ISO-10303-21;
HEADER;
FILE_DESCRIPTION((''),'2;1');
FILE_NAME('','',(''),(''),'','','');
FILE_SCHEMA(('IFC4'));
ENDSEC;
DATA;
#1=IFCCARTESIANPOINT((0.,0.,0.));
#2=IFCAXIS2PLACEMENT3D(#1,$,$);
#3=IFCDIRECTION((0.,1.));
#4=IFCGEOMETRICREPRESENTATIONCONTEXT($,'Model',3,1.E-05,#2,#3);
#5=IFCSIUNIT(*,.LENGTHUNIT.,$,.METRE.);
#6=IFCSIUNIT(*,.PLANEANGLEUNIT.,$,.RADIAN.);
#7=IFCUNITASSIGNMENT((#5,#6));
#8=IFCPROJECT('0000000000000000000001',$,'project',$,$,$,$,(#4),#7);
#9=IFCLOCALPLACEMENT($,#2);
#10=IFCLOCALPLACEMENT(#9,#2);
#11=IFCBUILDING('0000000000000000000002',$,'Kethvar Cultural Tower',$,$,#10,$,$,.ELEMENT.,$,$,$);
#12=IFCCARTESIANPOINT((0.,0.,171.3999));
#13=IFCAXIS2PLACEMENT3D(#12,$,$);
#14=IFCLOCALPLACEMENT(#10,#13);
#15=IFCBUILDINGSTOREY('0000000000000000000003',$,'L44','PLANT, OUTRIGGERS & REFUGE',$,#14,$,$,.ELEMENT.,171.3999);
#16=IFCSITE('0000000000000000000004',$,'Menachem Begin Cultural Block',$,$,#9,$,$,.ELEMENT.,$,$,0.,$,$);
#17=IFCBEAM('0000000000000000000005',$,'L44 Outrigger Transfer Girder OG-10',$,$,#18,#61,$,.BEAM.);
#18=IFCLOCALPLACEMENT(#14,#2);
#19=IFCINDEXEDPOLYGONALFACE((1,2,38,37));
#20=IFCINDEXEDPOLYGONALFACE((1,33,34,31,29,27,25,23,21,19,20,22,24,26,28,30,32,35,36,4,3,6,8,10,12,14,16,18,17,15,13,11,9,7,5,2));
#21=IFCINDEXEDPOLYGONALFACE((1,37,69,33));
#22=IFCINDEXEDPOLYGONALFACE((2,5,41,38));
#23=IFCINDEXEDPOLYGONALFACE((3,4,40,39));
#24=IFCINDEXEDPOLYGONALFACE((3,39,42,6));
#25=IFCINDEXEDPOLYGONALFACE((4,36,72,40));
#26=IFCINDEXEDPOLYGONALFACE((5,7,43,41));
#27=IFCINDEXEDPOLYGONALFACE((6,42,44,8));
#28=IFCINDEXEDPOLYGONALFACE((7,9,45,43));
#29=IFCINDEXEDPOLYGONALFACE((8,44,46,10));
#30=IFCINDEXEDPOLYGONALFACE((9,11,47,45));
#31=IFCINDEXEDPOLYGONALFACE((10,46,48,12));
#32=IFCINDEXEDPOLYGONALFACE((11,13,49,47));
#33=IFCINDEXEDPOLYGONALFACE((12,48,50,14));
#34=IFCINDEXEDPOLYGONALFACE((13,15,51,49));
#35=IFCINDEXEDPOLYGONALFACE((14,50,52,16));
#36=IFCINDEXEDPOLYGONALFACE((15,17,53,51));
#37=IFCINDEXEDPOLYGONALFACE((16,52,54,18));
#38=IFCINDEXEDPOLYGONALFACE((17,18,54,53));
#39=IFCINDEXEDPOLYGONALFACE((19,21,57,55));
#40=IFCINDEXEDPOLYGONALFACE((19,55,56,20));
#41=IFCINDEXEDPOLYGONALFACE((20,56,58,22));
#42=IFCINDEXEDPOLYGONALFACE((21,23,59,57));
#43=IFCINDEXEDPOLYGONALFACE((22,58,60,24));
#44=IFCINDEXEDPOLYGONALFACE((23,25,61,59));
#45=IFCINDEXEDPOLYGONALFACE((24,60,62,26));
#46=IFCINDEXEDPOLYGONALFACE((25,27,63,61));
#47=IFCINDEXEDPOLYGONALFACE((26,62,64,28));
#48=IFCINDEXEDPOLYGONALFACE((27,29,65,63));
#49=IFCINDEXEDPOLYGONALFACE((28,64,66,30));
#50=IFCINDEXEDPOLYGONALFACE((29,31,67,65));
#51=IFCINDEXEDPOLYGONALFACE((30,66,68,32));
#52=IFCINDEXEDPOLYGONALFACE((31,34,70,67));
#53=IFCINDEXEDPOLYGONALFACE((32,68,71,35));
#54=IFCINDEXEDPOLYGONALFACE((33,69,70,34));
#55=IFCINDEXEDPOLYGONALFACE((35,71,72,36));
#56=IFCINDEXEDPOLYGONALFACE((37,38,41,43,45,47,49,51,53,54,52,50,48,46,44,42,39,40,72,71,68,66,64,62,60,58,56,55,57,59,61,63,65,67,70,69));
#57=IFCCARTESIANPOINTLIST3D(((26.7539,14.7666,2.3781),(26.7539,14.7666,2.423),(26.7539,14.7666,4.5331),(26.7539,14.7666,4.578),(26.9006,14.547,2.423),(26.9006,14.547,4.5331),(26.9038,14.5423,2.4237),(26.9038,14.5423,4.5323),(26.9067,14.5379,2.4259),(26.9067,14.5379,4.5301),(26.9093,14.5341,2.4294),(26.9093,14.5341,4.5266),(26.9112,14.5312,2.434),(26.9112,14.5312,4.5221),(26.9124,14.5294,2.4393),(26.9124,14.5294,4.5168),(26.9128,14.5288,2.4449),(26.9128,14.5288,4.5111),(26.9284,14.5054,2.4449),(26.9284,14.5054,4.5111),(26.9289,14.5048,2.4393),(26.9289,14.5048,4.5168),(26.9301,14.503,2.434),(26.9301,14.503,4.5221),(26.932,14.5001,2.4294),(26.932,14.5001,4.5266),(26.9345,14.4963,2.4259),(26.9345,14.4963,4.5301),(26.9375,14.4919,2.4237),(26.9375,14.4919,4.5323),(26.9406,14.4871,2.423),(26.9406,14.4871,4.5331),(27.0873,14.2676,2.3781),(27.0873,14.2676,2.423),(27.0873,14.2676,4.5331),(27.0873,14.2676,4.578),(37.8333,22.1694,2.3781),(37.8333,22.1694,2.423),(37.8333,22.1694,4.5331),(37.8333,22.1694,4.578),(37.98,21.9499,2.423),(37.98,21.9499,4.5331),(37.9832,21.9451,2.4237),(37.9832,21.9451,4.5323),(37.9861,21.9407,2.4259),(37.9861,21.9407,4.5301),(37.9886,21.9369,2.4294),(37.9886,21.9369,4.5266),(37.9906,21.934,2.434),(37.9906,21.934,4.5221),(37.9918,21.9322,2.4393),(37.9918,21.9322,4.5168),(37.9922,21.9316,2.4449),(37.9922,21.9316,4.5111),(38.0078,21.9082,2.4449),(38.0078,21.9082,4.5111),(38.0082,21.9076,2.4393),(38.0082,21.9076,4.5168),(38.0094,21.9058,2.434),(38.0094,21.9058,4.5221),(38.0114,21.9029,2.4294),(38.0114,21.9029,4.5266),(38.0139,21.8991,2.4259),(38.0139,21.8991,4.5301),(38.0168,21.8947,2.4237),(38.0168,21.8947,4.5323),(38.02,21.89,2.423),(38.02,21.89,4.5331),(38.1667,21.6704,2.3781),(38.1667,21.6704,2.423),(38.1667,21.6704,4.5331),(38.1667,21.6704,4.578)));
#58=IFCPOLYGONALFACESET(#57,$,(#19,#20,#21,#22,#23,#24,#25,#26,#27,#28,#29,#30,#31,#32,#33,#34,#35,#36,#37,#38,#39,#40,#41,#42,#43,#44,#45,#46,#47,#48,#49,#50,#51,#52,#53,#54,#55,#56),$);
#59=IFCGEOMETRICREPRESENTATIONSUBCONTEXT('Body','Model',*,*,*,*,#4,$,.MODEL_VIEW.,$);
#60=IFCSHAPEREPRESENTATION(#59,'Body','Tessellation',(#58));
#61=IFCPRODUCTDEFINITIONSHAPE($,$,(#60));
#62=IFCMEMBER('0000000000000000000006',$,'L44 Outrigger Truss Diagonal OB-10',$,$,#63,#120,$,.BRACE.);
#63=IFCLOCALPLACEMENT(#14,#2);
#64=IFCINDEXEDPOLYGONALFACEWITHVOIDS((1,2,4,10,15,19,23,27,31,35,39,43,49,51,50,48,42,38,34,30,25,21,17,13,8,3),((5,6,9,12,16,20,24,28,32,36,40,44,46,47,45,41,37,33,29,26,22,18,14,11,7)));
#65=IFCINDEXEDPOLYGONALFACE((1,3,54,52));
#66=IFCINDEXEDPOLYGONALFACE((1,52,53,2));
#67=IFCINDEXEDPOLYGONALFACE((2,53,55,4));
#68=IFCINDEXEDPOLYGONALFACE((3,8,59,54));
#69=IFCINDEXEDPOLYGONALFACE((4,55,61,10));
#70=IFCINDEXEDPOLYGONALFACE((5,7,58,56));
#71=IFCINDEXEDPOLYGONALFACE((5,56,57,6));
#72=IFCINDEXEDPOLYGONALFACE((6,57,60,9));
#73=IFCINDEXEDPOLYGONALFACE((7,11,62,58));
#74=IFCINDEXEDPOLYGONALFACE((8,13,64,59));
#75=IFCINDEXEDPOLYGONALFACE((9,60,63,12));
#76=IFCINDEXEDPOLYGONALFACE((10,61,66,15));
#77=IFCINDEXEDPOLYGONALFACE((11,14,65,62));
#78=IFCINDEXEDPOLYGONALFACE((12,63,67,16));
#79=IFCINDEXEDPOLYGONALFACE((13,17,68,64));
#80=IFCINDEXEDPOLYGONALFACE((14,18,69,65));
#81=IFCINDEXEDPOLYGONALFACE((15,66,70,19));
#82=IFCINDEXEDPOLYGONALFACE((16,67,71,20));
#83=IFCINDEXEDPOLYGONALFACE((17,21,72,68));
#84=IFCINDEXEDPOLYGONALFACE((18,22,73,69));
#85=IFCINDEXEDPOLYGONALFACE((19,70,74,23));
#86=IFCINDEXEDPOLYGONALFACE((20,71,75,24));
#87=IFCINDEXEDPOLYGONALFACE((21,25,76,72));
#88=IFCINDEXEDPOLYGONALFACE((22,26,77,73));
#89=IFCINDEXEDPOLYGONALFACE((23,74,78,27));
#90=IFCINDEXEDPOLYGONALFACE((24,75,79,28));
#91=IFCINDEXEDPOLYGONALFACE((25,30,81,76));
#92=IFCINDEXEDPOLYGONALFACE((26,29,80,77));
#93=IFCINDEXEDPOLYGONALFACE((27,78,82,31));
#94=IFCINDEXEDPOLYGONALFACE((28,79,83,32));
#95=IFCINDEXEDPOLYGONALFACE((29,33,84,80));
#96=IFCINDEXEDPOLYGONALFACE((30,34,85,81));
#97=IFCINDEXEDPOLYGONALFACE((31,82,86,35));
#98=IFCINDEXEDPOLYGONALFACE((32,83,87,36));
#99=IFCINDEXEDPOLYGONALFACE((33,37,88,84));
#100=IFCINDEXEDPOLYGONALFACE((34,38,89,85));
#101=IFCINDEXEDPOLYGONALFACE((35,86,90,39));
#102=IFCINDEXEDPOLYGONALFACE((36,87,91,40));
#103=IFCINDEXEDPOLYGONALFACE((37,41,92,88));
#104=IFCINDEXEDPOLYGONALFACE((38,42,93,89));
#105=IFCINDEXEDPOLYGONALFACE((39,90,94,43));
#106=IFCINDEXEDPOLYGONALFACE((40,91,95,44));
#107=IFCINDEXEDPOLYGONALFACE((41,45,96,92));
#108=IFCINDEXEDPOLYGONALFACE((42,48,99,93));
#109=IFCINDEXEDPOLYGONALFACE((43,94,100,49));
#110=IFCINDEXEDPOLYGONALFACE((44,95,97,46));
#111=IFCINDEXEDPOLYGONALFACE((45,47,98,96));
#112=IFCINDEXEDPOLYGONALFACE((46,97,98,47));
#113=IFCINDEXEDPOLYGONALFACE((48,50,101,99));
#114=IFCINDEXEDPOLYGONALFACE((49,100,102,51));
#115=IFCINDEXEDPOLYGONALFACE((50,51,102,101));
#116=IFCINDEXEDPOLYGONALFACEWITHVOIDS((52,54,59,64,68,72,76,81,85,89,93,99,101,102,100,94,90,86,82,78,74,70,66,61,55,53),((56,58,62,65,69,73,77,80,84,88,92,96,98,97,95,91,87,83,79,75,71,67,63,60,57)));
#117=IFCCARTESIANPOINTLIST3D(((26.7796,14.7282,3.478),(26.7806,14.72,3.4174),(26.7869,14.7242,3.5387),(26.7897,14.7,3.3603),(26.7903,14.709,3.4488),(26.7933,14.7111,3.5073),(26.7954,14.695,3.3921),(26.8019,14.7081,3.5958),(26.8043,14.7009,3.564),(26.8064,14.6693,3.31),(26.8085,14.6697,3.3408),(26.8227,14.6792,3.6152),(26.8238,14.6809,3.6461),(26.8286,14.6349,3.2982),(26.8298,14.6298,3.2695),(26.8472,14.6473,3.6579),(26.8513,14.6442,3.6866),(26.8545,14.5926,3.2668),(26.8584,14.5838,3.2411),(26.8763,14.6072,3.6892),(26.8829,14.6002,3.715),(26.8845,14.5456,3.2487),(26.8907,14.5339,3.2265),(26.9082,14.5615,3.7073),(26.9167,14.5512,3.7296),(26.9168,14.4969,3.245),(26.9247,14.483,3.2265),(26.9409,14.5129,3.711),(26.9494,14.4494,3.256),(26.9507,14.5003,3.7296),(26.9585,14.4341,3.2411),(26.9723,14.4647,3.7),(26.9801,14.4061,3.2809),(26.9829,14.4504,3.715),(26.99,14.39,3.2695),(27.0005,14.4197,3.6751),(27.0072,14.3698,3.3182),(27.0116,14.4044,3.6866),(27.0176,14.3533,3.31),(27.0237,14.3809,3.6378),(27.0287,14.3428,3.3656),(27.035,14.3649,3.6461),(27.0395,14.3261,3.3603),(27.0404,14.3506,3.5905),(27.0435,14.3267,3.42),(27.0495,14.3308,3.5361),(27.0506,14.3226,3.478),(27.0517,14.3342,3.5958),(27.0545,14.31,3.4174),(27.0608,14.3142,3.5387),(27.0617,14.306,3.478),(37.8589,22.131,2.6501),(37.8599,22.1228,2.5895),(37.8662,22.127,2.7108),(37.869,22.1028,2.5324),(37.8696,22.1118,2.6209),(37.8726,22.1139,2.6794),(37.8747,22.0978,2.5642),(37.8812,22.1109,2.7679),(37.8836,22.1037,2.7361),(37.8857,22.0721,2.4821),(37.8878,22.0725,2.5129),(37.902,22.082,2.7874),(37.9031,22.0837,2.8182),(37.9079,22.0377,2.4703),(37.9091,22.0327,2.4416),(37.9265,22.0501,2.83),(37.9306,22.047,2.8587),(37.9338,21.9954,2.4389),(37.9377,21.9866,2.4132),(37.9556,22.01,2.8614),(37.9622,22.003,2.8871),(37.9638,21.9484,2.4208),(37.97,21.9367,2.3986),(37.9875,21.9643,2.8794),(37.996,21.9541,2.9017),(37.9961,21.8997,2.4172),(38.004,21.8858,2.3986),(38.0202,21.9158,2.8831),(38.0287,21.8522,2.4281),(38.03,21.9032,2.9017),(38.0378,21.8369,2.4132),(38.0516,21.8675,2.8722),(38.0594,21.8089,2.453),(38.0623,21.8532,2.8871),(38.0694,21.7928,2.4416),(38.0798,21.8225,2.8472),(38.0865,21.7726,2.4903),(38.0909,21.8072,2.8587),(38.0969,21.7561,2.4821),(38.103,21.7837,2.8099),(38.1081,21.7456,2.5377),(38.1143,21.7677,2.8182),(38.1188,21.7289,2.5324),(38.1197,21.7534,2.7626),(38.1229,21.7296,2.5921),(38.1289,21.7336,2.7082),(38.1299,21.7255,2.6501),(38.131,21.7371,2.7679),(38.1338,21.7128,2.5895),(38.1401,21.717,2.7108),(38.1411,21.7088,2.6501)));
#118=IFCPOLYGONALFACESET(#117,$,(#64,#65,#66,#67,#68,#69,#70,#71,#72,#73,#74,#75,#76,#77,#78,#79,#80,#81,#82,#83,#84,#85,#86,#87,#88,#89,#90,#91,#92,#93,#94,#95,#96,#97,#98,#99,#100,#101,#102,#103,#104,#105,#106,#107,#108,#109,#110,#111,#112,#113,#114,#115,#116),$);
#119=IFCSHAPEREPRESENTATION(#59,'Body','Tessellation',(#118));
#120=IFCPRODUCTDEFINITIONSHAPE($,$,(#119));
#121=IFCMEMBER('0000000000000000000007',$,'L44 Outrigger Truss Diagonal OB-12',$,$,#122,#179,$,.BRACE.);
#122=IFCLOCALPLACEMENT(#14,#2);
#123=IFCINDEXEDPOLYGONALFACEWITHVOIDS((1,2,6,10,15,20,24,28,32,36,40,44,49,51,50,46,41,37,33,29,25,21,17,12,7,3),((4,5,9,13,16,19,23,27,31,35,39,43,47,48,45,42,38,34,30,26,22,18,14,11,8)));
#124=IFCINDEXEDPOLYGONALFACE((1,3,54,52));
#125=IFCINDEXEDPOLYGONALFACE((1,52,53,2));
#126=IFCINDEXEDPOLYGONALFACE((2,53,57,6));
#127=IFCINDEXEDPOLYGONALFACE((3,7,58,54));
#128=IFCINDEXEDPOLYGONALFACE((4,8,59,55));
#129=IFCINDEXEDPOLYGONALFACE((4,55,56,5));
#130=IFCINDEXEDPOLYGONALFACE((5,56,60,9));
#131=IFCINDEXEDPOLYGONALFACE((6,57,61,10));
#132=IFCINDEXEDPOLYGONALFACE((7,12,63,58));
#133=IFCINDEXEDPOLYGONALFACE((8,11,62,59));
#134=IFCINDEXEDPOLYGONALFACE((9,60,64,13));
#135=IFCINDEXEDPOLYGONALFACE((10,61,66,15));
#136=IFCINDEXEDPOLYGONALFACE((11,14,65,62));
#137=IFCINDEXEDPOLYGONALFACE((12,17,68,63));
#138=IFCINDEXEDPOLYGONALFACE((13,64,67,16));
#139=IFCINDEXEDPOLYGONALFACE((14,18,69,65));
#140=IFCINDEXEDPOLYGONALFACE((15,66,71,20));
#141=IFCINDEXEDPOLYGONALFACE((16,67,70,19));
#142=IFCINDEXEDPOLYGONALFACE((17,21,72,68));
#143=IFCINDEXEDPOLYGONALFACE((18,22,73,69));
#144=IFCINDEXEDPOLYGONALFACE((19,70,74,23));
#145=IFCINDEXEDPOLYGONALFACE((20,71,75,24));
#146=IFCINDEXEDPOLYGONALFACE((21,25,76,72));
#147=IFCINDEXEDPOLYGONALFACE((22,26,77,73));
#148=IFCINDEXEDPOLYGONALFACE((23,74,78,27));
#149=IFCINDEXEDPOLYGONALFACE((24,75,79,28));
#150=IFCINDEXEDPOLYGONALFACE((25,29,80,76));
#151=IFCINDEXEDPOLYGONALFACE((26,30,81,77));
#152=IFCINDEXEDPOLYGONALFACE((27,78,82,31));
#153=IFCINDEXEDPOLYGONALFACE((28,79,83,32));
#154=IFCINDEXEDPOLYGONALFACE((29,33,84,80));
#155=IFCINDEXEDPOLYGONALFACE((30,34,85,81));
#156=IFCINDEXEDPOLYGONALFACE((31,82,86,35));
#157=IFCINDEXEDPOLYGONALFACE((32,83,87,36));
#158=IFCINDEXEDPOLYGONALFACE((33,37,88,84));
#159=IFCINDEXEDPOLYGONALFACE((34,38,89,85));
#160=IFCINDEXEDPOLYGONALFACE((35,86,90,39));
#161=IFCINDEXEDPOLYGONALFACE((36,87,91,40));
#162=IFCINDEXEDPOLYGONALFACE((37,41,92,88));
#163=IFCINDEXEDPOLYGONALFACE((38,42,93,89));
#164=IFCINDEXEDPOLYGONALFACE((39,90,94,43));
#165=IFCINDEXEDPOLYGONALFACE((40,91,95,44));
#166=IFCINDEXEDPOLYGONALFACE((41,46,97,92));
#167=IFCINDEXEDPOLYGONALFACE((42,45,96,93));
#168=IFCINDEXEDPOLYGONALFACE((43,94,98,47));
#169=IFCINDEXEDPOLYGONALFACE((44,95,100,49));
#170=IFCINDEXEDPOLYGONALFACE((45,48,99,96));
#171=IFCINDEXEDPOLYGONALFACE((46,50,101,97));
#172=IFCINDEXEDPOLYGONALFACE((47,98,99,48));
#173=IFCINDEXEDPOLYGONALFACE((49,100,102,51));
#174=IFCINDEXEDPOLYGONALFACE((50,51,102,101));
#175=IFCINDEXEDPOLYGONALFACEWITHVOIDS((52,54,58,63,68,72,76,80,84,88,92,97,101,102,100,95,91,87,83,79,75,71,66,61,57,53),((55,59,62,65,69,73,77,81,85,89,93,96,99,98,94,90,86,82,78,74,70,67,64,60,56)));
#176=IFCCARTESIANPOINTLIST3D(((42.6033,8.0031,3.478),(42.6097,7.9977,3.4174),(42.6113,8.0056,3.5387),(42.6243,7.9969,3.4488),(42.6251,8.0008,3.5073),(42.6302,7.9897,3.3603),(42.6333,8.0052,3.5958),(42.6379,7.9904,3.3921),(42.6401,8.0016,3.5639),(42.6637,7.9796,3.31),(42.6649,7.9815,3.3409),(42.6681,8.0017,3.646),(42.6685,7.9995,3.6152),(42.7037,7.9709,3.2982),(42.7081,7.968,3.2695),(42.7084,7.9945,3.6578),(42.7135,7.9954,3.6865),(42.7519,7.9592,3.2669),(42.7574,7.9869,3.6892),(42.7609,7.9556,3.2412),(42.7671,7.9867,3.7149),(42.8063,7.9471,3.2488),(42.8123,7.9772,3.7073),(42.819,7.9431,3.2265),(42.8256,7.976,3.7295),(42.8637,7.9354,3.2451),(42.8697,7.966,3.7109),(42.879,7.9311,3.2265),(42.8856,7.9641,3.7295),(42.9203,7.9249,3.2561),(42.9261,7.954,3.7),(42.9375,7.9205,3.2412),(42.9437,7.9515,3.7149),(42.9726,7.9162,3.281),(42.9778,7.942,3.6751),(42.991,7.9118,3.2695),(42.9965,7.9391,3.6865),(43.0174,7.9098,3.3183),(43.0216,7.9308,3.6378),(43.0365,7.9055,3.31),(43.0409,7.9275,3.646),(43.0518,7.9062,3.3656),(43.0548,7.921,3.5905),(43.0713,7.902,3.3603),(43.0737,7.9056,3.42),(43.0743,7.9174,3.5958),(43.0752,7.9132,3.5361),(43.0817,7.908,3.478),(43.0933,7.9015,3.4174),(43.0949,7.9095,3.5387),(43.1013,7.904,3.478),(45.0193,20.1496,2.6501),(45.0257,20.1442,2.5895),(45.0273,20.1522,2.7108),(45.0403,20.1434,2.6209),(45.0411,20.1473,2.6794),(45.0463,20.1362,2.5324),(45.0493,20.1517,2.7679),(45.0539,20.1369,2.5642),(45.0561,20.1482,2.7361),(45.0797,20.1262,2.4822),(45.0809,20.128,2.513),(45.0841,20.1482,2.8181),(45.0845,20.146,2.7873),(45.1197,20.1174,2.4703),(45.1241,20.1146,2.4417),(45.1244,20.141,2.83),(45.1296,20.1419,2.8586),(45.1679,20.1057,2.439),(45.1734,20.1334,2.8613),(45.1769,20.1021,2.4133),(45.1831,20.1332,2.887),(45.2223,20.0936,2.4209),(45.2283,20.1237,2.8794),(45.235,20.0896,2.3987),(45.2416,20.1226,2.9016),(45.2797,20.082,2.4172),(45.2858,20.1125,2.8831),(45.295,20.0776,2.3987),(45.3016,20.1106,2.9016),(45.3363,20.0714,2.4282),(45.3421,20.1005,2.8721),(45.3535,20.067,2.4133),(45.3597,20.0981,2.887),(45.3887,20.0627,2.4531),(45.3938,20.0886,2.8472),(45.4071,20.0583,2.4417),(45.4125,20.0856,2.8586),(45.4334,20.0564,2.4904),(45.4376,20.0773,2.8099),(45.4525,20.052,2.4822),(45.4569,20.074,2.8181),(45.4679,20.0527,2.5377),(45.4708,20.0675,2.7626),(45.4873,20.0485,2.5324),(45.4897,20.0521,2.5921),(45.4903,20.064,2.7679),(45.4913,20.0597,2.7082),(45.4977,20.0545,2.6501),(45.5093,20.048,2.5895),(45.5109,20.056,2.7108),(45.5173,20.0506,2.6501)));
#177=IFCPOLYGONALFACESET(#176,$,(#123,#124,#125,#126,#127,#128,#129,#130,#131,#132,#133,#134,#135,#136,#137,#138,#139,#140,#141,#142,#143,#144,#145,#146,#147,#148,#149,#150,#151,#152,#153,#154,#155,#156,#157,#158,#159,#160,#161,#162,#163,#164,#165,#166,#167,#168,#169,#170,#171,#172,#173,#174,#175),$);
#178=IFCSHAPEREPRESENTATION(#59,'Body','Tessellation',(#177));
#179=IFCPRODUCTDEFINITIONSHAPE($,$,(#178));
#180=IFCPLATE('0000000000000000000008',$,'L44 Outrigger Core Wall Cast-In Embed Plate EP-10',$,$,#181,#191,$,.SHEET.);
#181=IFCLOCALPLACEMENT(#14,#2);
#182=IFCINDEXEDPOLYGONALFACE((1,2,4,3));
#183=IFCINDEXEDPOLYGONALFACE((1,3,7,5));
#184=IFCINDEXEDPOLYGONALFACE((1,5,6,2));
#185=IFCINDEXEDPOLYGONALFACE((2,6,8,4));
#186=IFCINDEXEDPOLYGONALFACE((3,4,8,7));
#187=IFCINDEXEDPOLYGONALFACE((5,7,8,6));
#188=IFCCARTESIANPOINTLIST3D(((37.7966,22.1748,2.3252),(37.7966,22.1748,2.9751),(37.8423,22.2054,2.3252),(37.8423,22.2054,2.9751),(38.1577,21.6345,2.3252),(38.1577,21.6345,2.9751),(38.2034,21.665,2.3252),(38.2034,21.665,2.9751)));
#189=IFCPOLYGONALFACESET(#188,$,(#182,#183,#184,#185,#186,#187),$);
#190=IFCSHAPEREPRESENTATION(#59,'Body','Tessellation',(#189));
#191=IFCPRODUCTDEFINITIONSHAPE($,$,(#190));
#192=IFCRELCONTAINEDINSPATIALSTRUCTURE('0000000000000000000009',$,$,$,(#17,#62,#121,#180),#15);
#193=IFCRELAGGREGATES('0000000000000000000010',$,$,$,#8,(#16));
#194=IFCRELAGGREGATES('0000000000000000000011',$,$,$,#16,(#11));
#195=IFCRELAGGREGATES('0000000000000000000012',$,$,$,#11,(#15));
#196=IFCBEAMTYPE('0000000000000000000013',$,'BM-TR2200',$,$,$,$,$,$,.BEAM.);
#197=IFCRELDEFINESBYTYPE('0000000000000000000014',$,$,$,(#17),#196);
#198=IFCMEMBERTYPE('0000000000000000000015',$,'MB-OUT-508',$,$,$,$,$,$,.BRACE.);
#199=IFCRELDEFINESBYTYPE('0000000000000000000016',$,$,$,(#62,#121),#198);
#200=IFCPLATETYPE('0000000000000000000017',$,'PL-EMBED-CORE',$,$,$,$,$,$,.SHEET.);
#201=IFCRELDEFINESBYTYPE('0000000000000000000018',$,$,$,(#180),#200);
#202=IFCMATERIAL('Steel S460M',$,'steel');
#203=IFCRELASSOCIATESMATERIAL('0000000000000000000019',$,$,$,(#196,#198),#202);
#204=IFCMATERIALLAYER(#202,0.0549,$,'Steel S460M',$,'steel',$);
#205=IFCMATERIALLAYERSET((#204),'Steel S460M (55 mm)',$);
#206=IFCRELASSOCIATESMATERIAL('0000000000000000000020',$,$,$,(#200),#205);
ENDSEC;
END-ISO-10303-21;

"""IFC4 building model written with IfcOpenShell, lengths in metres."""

from ifc_helpers import new_model, si_unit, direction, frame, origin, origin_2d, place, context, subcontext, project, spatial, rectangle, hollow_circle, i_section, extrude, source, transform, mapped, material, layer, layer_set, material_profile, profile_set, type_object, element, save


model = new_model("IFC4")

# Units and contexts
model_context = context("Model", 3, precision=1e-05, world=origin(), true_north=direction((0.0, 1.0)))
body_context = subcontext(model_context, "Body", "Model", "MODEL_VIEW")
ifc_project = project(units=[si_unit("LENGTHUNIT", "METRE"), si_unit("PLANEANGLEUNIT", "RADIAN")], contexts=[model_context])

# Site, building, storey
site_placement = place(None, origin())
site = spatial("IfcSite", under=ifc_project, at=site_placement, Name="Menachem Begin Cultural Block", CompositionType="ELEMENT", RefElevation=0.0)
building_placement = place(site_placement, origin())
building = spatial("IfcBuilding", under=site, at=building_placement, Name="Kethvar Cultural Tower", CompositionType="ELEMENT")
storey_placement = place(building_placement, frame((0.0, 0.0, 171.3999)))
storey = spatial("IfcBuildingStorey", under=building, at=storey_placement, Name="L44", Description="PLANT, OUTRIGGERS & REFUGE", CompositionType="ELEMENT", Elevation=171.3999)

# Beam
ifc_material_1 = material(Name="Steel S460M", Category="steel")
ifc_material_profile_1 = material_profile(ifc_material_1, i_section(OverallWidth=0.6001, OverallDepth=2.2, WebThickness=0.0281, FlangeThickness=0.0449, FilletRadius=0.022, at=origin_2d()), Name="Steel S460M — PG2200x600x45x28")
ifc_profile_set_1 = profile_set([ifc_material_profile_1], Name="Steel S460M — PG2200x600x45x28")
beam_type = type_object("IfcBeamType", Name="BM-TR2200", PredefinedType="BEAM", material=ifc_profile_set_1)
shared_shape_1 = source(origin(), body_context, "Body", "SweptSolid", [
    extrude(i_section(OverallWidth=0.6001, OverallDepth=2.2, WebThickness=0.0281, FlangeThickness=0.0449, FilletRadius=0.022, at=origin_2d()), origin(), (0.0, 0.0, 1.0), 13.325),
])
beam_placement = place(storey_placement, frame((38.0, 21.9199, 3.478), z_axis=(-0.831475, -0.555562, 0.0), x_axis=(0.555562, -0.831475, 0.0)))
element("IfcBeam", 1, at=beam_placement, inside=storey, type_object=beam_type, Name="L44 Outrigger Transfer Girder OG-10", PredefinedType="BEAM", context=body_context, shape_type="MappedRepresentation", body=[
    mapped(shared_shape_1, transform((0.0, 0.0, 0.0), scale=1.0)),
])

# Members
ifc_material_profile_2 = material_profile(ifc_material_1, hollow_circle(Radius=0.2539, WallThickness=0.02, at=origin_2d()), Name="Steel S460M — CHS508x20")
ifc_profile_set_2 = profile_set([ifc_material_profile_2], Name="Steel S460M — CHS508x20")
member_type = type_object("IfcMemberType", Name="MB-OUT-508", PredefinedType="BRACE", material=ifc_profile_set_2)
shared_shape_2 = source(origin(), body_context, "Body", "SweptSolid", [
    extrude(hollow_circle(Radius=0.2539, WallThickness=0.02, at=origin_2d()), origin(), (0.0, 0.0, 1.0), 13.3506),
])
member_1_placement = place(storey_placement, frame((38.0, 21.9199, 2.6501), z_axis=(-0.829875, -0.554493, 0.062011), x_axis=(0.555562, -0.831475, 0.0)))
element("IfcMember", 2, at=member_1_placement, inside=storey, type_object=member_type, Name="L44 Outrigger Truss Diagonal OB-10", PredefinedType="BRACE", context=body_context, shape_type="MappedRepresentation", body=[
    mapped(shared_shape_2, transform((0.0, 0.0, 0.0), scale=1.0)),
])
shared_shape_3 = source(origin(), body_context, "Body", "SweptSolid", [
    extrude(hollow_circle(Radius=0.2539, WallThickness=0.02, at=origin_2d()), origin(), (0.0, 0.0, 1.0), 12.4121),
])
member_2_placement = place(storey_placement, frame((45.2683, 20.1001, 2.6501), z_axis=(-0.19465, -0.978602, 0.0667), x_axis=(0.980786, -0.195085, 0.0)))
element("IfcMember", 3, at=member_2_placement, inside=storey, type_object=member_type, Name="L44 Outrigger Truss Diagonal OB-12", PredefinedType="BRACE", context=body_context, shape_type="MappedRepresentation", body=[
    mapped(shared_shape_3, transform((0.0, 0.0, 0.0), scale=1.0)),
])

# Plate
ifc_layer_1 = layer(ifc_material_1, 0.0549, Name="Steel S460M", Category="steel")
ifc_layer_set_1 = layer_set([ifc_layer_1], Name="Steel S460M (55 mm)")
plate_type = type_object("IfcPlateType", Name="PL-EMBED-CORE", PredefinedType="SHEET", material=ifc_layer_set_1)
shared_shape_4 = source(origin(), body_context, "Body", "SweptSolid", [
    extrude(rectangle(XDim=0.0549, YDim=0.6499, at=origin_2d()), origin(), (0.0, 0.0, 1.0), 0.6499),
])
for number, where, z_axis, x_axis, name in (
    (4, (38.0, 21.9199, 2.3252), (0.0, 0.0, 1.0), (-0.83147, -0.55557, 0.0), "L44 Outrigger Core Wall Cast-In Embed Plate EP-10"),
):
    element("IfcPlate", number, at=place(storey_placement, frame(where, z_axis=z_axis, x_axis=x_axis)), inside=storey, type_object=plate_type, Name=name, PredefinedType="SHEET", context=body_context, shape_type="MappedRepresentation", body=[
        mapped(shared_shape_4, transform((0.0, 0.0, 0.0), scale=1.0)),
    ])

save(model, "model.ifc")
